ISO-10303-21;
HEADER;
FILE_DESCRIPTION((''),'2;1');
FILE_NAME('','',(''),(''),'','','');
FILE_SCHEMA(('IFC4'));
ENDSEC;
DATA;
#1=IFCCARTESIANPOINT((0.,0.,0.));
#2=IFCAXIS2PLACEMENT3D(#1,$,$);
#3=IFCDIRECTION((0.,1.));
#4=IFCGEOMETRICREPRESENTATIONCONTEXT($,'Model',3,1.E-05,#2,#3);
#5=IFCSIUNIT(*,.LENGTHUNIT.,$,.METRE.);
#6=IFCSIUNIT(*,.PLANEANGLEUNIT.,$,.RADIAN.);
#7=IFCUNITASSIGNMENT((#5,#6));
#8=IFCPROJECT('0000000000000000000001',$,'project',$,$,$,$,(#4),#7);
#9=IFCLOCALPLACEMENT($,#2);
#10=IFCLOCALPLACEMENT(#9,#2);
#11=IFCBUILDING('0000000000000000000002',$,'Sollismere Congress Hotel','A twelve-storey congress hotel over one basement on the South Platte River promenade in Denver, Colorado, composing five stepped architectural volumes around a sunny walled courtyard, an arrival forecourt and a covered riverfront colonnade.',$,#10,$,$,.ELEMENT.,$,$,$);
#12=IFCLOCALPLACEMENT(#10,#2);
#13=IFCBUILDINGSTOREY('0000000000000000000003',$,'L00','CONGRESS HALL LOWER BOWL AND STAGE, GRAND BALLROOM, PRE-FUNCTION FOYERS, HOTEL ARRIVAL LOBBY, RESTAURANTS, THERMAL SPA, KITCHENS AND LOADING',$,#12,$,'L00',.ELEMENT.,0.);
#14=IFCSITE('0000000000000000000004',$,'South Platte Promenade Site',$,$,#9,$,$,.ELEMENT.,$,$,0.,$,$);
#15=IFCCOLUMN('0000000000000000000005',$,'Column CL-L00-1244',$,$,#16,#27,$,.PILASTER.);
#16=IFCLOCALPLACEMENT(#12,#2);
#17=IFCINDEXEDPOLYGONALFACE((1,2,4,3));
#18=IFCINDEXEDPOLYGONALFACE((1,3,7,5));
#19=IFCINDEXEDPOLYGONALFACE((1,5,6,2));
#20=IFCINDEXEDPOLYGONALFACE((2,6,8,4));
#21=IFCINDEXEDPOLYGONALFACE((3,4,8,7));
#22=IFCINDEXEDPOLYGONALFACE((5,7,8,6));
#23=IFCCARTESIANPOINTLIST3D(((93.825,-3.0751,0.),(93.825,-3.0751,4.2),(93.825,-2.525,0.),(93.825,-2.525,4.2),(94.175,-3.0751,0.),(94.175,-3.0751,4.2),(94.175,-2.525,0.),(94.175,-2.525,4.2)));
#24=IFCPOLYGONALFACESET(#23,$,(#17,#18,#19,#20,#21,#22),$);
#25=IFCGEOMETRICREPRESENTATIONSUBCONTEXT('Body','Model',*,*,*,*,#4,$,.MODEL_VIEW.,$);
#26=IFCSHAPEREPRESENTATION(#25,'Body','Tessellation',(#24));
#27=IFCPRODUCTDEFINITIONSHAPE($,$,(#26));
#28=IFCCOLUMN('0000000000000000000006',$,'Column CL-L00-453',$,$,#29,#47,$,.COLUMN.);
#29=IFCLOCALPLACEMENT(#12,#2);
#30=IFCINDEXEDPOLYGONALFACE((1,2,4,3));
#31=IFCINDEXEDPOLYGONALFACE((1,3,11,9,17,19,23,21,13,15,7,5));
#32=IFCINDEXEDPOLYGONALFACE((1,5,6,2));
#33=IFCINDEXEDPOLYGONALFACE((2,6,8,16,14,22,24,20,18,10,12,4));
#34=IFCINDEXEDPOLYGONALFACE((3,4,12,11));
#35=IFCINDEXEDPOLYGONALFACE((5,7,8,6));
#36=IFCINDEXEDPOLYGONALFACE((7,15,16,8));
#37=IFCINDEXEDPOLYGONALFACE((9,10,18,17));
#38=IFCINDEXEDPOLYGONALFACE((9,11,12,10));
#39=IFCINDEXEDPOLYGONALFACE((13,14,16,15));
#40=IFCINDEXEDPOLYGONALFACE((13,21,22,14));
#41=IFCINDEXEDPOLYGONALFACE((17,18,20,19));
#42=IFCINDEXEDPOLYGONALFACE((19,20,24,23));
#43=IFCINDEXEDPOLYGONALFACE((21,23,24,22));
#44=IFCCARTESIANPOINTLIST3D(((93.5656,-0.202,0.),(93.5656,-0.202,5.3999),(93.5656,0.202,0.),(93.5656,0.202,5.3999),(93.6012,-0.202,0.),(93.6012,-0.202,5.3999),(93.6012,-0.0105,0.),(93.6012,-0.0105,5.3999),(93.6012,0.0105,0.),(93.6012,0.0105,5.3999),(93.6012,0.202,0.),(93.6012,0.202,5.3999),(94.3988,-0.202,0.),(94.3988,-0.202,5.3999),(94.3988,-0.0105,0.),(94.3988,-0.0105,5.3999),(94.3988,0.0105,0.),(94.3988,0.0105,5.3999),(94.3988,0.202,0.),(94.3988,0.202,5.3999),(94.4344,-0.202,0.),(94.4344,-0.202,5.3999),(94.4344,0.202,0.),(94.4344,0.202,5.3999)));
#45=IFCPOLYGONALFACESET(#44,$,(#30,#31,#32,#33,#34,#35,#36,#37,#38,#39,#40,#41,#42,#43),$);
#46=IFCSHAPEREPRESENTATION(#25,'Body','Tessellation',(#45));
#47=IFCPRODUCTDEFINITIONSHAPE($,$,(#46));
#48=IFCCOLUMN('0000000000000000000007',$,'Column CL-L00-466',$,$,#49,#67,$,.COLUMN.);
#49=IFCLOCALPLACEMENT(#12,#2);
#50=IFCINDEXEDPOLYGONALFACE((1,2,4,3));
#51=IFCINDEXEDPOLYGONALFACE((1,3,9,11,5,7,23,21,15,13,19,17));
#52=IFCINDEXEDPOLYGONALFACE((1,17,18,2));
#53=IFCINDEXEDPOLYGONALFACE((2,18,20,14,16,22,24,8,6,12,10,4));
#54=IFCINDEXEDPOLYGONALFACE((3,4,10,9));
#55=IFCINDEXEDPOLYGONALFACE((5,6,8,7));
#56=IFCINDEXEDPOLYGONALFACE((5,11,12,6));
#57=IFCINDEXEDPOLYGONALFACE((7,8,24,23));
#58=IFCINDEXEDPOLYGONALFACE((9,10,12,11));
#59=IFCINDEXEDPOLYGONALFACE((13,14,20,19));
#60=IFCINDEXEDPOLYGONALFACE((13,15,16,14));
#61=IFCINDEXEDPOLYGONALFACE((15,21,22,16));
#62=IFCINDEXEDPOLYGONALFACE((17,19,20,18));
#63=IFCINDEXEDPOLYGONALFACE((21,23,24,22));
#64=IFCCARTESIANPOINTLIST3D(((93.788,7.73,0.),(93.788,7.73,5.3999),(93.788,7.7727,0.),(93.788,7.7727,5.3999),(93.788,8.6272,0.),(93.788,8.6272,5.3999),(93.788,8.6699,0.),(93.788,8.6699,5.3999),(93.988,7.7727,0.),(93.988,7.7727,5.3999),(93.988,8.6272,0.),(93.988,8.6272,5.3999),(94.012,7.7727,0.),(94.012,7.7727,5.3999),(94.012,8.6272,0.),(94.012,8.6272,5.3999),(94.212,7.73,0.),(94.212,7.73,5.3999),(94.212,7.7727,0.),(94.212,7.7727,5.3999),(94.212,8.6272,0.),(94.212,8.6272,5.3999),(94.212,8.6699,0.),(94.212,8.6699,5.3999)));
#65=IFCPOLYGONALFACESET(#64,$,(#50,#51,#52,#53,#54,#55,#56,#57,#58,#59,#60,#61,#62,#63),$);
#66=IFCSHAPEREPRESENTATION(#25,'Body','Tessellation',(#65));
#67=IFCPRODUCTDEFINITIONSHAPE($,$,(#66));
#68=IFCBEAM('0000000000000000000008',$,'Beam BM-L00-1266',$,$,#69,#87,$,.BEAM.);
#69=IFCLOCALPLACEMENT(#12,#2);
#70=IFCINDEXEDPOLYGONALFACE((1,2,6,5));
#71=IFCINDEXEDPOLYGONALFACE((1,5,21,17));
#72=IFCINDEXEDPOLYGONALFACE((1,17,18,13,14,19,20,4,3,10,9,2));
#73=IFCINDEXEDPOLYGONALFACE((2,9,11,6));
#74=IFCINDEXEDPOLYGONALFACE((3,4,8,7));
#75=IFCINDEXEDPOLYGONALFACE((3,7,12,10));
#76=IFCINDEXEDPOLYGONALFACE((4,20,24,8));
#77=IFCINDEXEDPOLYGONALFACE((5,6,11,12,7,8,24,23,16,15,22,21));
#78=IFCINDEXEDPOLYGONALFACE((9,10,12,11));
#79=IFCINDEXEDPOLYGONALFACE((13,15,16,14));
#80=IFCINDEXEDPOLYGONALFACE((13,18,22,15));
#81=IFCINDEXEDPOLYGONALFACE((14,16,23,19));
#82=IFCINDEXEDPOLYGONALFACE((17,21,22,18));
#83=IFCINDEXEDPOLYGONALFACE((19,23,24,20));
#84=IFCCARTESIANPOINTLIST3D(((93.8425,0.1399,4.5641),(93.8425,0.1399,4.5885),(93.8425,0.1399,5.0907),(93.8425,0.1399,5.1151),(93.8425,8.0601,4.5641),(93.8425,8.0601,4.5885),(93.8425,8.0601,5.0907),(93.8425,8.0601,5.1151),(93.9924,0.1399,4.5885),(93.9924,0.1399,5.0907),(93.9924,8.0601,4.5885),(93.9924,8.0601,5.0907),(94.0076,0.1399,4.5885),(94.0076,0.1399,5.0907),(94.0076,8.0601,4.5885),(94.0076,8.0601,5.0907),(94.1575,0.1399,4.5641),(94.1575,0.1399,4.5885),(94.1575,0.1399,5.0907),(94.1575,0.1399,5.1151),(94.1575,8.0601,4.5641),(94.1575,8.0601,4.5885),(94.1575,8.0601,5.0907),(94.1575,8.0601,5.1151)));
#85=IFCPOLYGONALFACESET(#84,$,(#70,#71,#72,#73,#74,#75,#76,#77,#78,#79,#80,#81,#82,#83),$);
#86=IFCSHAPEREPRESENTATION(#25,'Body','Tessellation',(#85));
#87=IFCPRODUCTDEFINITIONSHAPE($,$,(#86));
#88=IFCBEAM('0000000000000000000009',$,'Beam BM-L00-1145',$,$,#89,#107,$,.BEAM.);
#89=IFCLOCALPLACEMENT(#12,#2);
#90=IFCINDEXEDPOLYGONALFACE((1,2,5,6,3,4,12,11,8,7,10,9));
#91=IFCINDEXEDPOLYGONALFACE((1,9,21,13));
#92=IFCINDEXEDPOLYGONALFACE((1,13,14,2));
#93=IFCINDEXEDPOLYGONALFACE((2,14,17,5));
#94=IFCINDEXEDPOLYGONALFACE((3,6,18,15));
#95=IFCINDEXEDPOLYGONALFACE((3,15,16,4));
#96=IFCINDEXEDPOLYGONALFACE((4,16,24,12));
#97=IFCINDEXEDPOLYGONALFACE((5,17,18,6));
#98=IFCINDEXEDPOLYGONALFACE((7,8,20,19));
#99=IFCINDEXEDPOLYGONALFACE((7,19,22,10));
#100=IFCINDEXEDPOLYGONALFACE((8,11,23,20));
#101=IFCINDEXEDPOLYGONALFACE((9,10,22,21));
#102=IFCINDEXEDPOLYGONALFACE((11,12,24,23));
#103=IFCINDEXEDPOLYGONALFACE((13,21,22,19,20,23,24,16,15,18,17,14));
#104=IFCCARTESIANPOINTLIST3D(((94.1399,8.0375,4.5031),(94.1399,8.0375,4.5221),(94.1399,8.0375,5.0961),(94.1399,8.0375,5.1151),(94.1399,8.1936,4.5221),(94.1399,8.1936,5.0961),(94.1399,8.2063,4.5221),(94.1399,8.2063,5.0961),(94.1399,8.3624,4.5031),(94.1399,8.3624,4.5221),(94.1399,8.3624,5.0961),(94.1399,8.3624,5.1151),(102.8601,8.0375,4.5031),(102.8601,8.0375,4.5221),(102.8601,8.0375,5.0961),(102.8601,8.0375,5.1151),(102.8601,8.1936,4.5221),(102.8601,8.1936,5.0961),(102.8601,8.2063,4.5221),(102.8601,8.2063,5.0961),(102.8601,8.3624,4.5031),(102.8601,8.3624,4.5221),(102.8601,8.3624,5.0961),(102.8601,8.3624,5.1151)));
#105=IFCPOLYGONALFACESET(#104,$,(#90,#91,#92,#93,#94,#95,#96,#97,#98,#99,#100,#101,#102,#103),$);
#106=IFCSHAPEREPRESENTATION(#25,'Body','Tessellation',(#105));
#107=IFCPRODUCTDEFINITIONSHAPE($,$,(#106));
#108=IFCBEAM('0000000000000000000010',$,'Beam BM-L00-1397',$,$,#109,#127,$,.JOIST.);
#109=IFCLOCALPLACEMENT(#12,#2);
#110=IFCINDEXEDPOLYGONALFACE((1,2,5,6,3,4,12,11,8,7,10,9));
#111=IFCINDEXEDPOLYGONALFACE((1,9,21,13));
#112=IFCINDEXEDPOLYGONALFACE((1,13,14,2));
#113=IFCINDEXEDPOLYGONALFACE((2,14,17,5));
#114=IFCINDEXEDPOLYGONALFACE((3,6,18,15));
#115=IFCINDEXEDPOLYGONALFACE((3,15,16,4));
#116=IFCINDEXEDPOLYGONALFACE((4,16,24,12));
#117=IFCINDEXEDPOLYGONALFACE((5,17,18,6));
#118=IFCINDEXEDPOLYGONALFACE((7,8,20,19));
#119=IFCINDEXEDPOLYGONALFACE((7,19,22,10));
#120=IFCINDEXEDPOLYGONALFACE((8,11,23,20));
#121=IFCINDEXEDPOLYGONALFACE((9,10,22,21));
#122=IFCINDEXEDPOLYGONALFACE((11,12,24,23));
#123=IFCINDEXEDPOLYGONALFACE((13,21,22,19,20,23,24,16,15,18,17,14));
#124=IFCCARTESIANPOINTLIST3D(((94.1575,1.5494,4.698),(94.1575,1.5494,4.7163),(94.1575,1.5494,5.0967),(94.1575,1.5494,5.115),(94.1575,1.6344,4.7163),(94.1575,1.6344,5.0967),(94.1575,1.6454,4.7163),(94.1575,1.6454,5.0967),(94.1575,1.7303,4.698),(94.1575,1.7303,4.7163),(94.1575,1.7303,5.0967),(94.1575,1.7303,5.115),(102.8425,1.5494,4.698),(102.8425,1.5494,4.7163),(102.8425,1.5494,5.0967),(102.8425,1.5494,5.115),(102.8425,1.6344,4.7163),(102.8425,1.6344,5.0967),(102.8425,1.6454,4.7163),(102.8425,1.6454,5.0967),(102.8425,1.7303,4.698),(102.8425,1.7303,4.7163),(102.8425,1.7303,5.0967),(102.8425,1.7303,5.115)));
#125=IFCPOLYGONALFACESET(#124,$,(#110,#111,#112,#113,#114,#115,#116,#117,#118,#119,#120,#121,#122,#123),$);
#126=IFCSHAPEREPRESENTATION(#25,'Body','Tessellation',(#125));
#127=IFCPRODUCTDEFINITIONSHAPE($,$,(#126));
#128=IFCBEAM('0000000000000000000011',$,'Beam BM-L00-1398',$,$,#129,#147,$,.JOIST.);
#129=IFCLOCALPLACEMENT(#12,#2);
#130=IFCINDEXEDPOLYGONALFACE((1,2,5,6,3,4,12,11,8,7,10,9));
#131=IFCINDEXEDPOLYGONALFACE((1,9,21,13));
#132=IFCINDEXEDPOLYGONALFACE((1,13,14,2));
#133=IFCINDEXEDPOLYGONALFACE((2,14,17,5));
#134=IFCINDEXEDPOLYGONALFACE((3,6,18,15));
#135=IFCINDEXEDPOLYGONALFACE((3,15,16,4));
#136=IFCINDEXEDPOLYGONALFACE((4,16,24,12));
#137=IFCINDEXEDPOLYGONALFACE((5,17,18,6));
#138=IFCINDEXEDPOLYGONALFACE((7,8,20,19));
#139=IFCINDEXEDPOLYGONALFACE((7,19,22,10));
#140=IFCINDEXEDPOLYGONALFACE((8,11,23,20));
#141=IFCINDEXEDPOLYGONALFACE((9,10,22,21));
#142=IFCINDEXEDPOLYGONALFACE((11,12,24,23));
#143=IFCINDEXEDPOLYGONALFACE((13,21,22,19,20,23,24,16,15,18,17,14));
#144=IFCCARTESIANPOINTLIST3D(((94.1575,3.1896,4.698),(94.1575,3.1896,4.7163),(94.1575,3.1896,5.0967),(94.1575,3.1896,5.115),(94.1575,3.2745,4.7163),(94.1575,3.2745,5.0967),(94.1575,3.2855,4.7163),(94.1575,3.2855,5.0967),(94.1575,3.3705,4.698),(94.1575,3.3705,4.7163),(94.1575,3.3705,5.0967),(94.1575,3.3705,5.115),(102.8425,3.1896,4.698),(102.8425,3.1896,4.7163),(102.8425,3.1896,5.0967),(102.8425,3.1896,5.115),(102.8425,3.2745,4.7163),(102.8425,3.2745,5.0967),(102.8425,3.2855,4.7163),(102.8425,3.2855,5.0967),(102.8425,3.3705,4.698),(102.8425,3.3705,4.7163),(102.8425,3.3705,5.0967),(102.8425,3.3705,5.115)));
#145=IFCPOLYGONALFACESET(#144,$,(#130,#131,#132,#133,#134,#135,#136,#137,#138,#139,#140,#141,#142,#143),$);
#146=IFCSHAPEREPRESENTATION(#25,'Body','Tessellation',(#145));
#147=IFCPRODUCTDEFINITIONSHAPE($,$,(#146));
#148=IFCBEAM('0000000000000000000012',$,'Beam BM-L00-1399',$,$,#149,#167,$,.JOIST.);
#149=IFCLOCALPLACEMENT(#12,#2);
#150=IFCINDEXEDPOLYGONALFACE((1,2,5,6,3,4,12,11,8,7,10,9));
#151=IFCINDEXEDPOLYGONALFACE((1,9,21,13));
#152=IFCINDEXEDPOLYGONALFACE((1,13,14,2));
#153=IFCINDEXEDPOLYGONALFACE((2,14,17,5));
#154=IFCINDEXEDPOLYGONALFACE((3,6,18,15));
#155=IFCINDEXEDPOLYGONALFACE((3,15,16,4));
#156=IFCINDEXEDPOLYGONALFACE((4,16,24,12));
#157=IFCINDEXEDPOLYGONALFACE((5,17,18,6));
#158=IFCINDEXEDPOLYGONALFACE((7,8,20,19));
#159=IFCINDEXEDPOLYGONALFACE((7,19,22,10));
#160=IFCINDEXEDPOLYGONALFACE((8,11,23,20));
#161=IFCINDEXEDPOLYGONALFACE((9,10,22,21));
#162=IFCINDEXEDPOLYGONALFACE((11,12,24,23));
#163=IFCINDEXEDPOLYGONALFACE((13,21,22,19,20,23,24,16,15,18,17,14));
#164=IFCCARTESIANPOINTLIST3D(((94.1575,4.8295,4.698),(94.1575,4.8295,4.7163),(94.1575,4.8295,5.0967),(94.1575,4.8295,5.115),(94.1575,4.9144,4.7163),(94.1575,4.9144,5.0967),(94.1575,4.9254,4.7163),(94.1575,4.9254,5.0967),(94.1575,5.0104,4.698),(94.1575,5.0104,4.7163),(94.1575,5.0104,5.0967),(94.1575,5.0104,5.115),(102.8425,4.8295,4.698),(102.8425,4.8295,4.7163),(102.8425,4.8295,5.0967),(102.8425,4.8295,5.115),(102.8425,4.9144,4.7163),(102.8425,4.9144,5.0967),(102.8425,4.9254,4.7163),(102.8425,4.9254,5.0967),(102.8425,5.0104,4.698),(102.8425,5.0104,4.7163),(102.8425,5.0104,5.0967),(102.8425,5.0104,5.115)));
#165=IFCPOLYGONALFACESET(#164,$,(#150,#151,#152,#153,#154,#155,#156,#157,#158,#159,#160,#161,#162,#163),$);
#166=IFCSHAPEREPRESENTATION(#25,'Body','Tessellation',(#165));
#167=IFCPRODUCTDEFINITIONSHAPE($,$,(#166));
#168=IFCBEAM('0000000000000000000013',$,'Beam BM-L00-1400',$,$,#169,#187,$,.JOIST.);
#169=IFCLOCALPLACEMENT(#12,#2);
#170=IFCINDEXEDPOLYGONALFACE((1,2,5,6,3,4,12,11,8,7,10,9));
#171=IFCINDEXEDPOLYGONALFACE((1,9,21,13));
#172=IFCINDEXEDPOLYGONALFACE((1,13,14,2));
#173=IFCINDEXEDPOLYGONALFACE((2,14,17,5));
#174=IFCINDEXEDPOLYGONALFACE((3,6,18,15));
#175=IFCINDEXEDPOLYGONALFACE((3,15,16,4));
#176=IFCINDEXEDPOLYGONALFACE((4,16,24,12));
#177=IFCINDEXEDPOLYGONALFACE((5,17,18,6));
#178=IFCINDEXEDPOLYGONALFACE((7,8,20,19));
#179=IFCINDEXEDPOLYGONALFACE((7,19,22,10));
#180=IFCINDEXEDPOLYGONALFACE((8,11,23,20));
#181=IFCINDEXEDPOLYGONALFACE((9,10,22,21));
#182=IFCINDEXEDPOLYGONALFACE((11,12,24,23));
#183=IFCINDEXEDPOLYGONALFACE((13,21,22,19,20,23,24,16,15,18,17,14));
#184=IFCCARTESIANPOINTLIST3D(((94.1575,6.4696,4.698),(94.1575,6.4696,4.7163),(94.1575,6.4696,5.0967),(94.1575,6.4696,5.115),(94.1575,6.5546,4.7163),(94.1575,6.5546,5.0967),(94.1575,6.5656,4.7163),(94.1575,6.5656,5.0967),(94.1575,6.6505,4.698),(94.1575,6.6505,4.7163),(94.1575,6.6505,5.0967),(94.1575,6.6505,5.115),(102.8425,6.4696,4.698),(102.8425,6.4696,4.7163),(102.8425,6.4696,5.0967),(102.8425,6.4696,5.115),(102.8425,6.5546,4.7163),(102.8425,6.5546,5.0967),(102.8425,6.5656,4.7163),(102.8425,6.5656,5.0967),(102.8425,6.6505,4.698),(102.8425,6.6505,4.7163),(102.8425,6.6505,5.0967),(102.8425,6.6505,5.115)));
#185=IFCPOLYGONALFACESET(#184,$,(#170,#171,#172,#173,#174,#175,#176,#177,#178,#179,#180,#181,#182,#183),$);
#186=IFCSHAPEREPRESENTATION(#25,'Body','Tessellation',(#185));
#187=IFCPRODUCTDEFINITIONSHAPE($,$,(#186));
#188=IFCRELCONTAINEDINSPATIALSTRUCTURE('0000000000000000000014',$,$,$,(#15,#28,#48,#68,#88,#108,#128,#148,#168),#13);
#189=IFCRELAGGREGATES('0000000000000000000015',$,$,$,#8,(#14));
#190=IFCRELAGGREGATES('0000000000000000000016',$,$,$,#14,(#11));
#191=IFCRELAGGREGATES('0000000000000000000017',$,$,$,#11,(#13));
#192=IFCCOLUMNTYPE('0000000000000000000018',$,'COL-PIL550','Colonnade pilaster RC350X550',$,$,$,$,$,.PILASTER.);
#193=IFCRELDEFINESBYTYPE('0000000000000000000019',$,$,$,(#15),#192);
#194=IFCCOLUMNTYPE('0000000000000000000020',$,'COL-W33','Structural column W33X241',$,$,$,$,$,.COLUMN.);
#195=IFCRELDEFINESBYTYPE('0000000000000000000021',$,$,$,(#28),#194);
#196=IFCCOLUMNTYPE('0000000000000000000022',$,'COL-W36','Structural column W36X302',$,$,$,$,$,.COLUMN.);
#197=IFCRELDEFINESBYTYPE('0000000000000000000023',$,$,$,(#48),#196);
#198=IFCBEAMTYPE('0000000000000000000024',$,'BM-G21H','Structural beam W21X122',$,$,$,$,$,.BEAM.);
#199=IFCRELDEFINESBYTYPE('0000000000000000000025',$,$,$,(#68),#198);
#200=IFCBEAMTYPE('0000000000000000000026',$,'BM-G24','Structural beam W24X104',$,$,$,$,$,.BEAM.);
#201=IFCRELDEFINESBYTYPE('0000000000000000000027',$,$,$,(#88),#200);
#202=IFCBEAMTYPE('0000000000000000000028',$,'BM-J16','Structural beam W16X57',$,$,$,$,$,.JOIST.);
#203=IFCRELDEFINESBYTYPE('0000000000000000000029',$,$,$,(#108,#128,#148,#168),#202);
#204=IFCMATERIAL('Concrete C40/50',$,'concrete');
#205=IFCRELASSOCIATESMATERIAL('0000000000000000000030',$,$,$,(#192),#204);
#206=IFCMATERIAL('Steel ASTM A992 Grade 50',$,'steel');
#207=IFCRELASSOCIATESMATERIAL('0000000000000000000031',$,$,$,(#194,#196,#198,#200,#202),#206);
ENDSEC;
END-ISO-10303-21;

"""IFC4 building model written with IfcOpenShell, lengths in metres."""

from ifc_helpers import new_model, si_unit, direction, frame, origin, origin_2d, place, context, subcontext, project, spatial, rectangle, i_section, extrude, material, material_profile, profile_set, type_object, element, save


model = new_model("IFC4")

# Units and contexts
model_context = context("Model", 3, precision=1e-05, world=origin(), true_north=direction((0.0, 1.0)))
body_context = subcontext(model_context, "Body", "Model", "MODEL_VIEW")
ifc_project = project(units=[si_unit("LENGTHUNIT", "METRE"), si_unit("PLANEANGLEUNIT", "RADIAN")], contexts=[model_context])

# Site, building, storey
site_placement = place(None, origin())
site = spatial("IfcSite", under=ifc_project, at=site_placement, Name="South Platte Promenade Site", CompositionType="ELEMENT", RefElevation=0.0)
building_placement = place(site_placement, origin())
building = spatial("IfcBuilding", under=site, at=building_placement, Name="Sollismere Congress Hotel", Description="A twelve-storey congress hotel over one basement on the South Platte River promenade in Denver, Colorado, composing five stepped architectural volumes around a sunny walled courtyard, an arrival forecourt and a covered riverfront colonnade.", CompositionType="ELEMENT")
storey_placement = place(building_placement, origin())
storey = spatial("IfcBuildingStorey", under=building, at=storey_placement, Name="L00", Description="CONGRESS HALL LOWER BOWL AND STAGE, GRAND BALLROOM, PRE-FUNCTION FOYERS, HOTEL ARRIVAL LOBBY, RESTAURANTS, THERMAL SPA, KITCHENS AND LOADING", LongName="L00", CompositionType="ELEMENT", Elevation=0.0)

# Columns
ifc_material_1 = material(Name="Concrete C40/50", Category="concrete")
ifc_material_profile_1 = material_profile(ifc_material_1, rectangle(XDim=0.3501, YDim=0.55, at=origin_2d()), Name="RC350X550")
ifc_profile_set_1 = profile_set([ifc_material_profile_1], Name="Concrete C40/50")
column_type_1 = type_object("IfcColumnType", Name="COL-PIL550", Description="Colonnade pilaster RC350X550", PredefinedType="PILASTER", material=ifc_profile_set_1)
column_1_placement = place(storey_placement, frame((94.0, -2.8, 0.0), z_axis=(0.0, 0.0, 1.0), x_axis=(1.0, 0.0, 0.0)))
element("IfcColumn", 1, at=column_1_placement, inside=storey, type_object=column_type_1, Name="Column CL-L00-1244", PredefinedType="PILASTER", context=body_context, shape_type="SweptSolid", body=[
    extrude(rectangle(XDim=0.3501, YDim=0.55, at=origin_2d()), origin(), (0.0, 0.0, 1.0), 4.2),
])
ifc_material_2 = material(Name="Steel ASTM A992 Grade 50", Category="steel")
ifc_material_profile_2 = material_profile(ifc_material_2, i_section(OverallWidth=0.4041, OverallDepth=0.8689, WebThickness=0.021, FlangeThickness=0.0356, at=origin_2d()), Name="W33X241")
ifc_profile_set_2 = profile_set([ifc_material_profile_2], Name="Steel ASTM A992 Grade 50")
column_type_2 = type_object("IfcColumnType", Name="COL-W33", Description="Structural column W33X241", PredefinedType="COLUMN", material=ifc_profile_set_2)
column_2_placement = place(storey_placement, frame((94.0, 0.0, 0.0), z_axis=(0.0, 0.0, 1.0), x_axis=(0.0, 1.0, 0.0)))
element("IfcColumn", 2, at=column_2_placement, inside=storey, type_object=column_type_2, Name="Column CL-L00-453", PredefinedType="COLUMN", context=body_context, shape_type="SweptSolid", body=[
    extrude(i_section(OverallWidth=0.4041, OverallDepth=0.8689, WebThickness=0.021, FlangeThickness=0.0356, at=origin_2d()), origin(), (0.0, 0.0, 1.0), 5.3999),
])
ifc_material_profile_3 = material_profile(ifc_material_2, i_section(OverallWidth=0.4241, OverallDepth=0.9399, WebThickness=0.0239, FlangeThickness=0.0427, at=origin_2d()), Name="W36X302")
ifc_profile_set_3 = profile_set([ifc_material_profile_3], Name="Steel ASTM A992 Grade 50")
column_type_3 = type_object("IfcColumnType", Name="COL-W36", Description="Structural column W36X302", PredefinedType="COLUMN", material=ifc_profile_set_3)
column_3_placement = place(storey_placement, frame((94.0, 8.2, 0.0), z_axis=(0.0, 0.0, 1.0), x_axis=(1.0, 0.0, 0.0)))
element("IfcColumn", 3, at=column_3_placement, inside=storey, type_object=column_type_3, Name="Column CL-L00-466", PredefinedType="COLUMN", context=body_context, shape_type="SweptSolid", body=[
    extrude(i_section(OverallWidth=0.4241, OverallDepth=0.9399, WebThickness=0.0239, FlangeThickness=0.0427, at=origin_2d()), origin(), (0.0, 0.0, 1.0), 5.3999),
])

# Beams
ifc_material_profile_4 = material_profile(ifc_material_2, i_section(OverallWidth=0.3149, OverallDepth=0.551, WebThickness=0.0151, FlangeThickness=0.0244, at=origin_2d()), Name="W21X122")
ifc_profile_set_4 = profile_set([ifc_material_profile_4], Name="Steel ASTM A992 Grade 50")
beam_type_1 = type_object("IfcBeamType", Name="BM-G21H", Description="Structural beam W21X122", PredefinedType="BEAM", material=ifc_profile_set_4)
beam_1_placement = place(storey_placement, frame((94.0, 0.1399, 4.8396), z_axis=(0.0, 1.0, 0.0), x_axis=(-1.0, 0.0, 0.0)))
element("IfcBeam", 4, at=beam_1_placement, inside=storey, type_object=beam_type_1, Name="Beam BM-L00-1266", PredefinedType="BEAM", context=body_context, shape_type="SweptSolid", body=[
    extrude(i_section(OverallWidth=0.3149, OverallDepth=0.551, WebThickness=0.0151, FlangeThickness=0.0244, at=origin_2d()), origin(), (0.0, 0.0, 1.0), 7.9202),
])
ifc_material_profile_5 = material_profile(ifc_material_2, i_section(OverallWidth=0.325, OverallDepth=0.6121, WebThickness=0.0127, FlangeThickness=0.019, at=origin_2d()), Name="W24X104")
ifc_profile_set_5 = profile_set([ifc_material_profile_5], Name="Steel ASTM A992 Grade 50")
beam_type_2 = type_object("IfcBeamType", Name="BM-G24", Description="Structural beam W24X104", PredefinedType="BEAM", material=ifc_profile_set_5)
beam_2_placement = place(storey_placement, frame((94.1399, 8.2, 4.8091), z_axis=(1.0, 0.0, 0.0), x_axis=(0.0, 1.0, 0.0)))
element("IfcBeam", 5, at=beam_2_placement, inside=storey, type_object=beam_type_2, Name="Beam BM-L00-1145", PredefinedType="BEAM", context=body_context, shape_type="SweptSolid", body=[
    extrude(i_section(OverallWidth=0.325, OverallDepth=0.6121, WebThickness=0.0127, FlangeThickness=0.019, at=origin_2d()), origin(), (0.0, 0.0, 1.0), 8.7202),
])
ifc_material_profile_6 = material_profile(ifc_material_2, i_section(OverallWidth=0.1809, OverallDepth=0.417, WebThickness=0.011, FlangeThickness=0.0183, at=origin_2d()), Name="W16X57")
ifc_profile_set_6 = profile_set([ifc_material_profile_6], Name="Steel ASTM A992 Grade 50")
beam_type_3 = type_object("IfcBeamType", Name="BM-J16", Description="Structural beam W16X57", PredefinedType="JOIST", material=ifc_profile_set_6)
for number, where, z_axis, x_axis, name in (
    (6, (94.1575, 1.6399, 4.9065), (1.0, 0.0, 0.0), (0.0, 1.0, 0.0), "Beam BM-L00-1397"),
    (7, (94.1575, 3.28, 4.9065), (1.0, 0.0, 0.0), (0.0, 1.0, 0.0), "Beam BM-L00-1398"),
    (8, (94.1575, 4.9199, 4.9065), (1.0, 0.0, 0.0), (0.0, 1.0, 0.0), "Beam BM-L00-1399"),
    (9, (94.1575, 6.5601, 4.9065), (1.0, 0.0, 0.0), (0.0, 1.0, 0.0), "Beam BM-L00-1400"),
):
    element("IfcBeam", number, at=place(storey_placement, frame(where, z_axis=z_axis, x_axis=x_axis)), inside=storey, type_object=beam_type_3, Name=name, PredefinedType="JOIST", context=body_context, shape_type="SweptSolid", body=[
        extrude(i_section(OverallWidth=0.1809, OverallDepth=0.417, WebThickness=0.011, FlangeThickness=0.0183, at=origin_2d()), origin(), (0.0, 0.0, 1.0), 8.6851),
    ])

save(model, "model.ifc")
